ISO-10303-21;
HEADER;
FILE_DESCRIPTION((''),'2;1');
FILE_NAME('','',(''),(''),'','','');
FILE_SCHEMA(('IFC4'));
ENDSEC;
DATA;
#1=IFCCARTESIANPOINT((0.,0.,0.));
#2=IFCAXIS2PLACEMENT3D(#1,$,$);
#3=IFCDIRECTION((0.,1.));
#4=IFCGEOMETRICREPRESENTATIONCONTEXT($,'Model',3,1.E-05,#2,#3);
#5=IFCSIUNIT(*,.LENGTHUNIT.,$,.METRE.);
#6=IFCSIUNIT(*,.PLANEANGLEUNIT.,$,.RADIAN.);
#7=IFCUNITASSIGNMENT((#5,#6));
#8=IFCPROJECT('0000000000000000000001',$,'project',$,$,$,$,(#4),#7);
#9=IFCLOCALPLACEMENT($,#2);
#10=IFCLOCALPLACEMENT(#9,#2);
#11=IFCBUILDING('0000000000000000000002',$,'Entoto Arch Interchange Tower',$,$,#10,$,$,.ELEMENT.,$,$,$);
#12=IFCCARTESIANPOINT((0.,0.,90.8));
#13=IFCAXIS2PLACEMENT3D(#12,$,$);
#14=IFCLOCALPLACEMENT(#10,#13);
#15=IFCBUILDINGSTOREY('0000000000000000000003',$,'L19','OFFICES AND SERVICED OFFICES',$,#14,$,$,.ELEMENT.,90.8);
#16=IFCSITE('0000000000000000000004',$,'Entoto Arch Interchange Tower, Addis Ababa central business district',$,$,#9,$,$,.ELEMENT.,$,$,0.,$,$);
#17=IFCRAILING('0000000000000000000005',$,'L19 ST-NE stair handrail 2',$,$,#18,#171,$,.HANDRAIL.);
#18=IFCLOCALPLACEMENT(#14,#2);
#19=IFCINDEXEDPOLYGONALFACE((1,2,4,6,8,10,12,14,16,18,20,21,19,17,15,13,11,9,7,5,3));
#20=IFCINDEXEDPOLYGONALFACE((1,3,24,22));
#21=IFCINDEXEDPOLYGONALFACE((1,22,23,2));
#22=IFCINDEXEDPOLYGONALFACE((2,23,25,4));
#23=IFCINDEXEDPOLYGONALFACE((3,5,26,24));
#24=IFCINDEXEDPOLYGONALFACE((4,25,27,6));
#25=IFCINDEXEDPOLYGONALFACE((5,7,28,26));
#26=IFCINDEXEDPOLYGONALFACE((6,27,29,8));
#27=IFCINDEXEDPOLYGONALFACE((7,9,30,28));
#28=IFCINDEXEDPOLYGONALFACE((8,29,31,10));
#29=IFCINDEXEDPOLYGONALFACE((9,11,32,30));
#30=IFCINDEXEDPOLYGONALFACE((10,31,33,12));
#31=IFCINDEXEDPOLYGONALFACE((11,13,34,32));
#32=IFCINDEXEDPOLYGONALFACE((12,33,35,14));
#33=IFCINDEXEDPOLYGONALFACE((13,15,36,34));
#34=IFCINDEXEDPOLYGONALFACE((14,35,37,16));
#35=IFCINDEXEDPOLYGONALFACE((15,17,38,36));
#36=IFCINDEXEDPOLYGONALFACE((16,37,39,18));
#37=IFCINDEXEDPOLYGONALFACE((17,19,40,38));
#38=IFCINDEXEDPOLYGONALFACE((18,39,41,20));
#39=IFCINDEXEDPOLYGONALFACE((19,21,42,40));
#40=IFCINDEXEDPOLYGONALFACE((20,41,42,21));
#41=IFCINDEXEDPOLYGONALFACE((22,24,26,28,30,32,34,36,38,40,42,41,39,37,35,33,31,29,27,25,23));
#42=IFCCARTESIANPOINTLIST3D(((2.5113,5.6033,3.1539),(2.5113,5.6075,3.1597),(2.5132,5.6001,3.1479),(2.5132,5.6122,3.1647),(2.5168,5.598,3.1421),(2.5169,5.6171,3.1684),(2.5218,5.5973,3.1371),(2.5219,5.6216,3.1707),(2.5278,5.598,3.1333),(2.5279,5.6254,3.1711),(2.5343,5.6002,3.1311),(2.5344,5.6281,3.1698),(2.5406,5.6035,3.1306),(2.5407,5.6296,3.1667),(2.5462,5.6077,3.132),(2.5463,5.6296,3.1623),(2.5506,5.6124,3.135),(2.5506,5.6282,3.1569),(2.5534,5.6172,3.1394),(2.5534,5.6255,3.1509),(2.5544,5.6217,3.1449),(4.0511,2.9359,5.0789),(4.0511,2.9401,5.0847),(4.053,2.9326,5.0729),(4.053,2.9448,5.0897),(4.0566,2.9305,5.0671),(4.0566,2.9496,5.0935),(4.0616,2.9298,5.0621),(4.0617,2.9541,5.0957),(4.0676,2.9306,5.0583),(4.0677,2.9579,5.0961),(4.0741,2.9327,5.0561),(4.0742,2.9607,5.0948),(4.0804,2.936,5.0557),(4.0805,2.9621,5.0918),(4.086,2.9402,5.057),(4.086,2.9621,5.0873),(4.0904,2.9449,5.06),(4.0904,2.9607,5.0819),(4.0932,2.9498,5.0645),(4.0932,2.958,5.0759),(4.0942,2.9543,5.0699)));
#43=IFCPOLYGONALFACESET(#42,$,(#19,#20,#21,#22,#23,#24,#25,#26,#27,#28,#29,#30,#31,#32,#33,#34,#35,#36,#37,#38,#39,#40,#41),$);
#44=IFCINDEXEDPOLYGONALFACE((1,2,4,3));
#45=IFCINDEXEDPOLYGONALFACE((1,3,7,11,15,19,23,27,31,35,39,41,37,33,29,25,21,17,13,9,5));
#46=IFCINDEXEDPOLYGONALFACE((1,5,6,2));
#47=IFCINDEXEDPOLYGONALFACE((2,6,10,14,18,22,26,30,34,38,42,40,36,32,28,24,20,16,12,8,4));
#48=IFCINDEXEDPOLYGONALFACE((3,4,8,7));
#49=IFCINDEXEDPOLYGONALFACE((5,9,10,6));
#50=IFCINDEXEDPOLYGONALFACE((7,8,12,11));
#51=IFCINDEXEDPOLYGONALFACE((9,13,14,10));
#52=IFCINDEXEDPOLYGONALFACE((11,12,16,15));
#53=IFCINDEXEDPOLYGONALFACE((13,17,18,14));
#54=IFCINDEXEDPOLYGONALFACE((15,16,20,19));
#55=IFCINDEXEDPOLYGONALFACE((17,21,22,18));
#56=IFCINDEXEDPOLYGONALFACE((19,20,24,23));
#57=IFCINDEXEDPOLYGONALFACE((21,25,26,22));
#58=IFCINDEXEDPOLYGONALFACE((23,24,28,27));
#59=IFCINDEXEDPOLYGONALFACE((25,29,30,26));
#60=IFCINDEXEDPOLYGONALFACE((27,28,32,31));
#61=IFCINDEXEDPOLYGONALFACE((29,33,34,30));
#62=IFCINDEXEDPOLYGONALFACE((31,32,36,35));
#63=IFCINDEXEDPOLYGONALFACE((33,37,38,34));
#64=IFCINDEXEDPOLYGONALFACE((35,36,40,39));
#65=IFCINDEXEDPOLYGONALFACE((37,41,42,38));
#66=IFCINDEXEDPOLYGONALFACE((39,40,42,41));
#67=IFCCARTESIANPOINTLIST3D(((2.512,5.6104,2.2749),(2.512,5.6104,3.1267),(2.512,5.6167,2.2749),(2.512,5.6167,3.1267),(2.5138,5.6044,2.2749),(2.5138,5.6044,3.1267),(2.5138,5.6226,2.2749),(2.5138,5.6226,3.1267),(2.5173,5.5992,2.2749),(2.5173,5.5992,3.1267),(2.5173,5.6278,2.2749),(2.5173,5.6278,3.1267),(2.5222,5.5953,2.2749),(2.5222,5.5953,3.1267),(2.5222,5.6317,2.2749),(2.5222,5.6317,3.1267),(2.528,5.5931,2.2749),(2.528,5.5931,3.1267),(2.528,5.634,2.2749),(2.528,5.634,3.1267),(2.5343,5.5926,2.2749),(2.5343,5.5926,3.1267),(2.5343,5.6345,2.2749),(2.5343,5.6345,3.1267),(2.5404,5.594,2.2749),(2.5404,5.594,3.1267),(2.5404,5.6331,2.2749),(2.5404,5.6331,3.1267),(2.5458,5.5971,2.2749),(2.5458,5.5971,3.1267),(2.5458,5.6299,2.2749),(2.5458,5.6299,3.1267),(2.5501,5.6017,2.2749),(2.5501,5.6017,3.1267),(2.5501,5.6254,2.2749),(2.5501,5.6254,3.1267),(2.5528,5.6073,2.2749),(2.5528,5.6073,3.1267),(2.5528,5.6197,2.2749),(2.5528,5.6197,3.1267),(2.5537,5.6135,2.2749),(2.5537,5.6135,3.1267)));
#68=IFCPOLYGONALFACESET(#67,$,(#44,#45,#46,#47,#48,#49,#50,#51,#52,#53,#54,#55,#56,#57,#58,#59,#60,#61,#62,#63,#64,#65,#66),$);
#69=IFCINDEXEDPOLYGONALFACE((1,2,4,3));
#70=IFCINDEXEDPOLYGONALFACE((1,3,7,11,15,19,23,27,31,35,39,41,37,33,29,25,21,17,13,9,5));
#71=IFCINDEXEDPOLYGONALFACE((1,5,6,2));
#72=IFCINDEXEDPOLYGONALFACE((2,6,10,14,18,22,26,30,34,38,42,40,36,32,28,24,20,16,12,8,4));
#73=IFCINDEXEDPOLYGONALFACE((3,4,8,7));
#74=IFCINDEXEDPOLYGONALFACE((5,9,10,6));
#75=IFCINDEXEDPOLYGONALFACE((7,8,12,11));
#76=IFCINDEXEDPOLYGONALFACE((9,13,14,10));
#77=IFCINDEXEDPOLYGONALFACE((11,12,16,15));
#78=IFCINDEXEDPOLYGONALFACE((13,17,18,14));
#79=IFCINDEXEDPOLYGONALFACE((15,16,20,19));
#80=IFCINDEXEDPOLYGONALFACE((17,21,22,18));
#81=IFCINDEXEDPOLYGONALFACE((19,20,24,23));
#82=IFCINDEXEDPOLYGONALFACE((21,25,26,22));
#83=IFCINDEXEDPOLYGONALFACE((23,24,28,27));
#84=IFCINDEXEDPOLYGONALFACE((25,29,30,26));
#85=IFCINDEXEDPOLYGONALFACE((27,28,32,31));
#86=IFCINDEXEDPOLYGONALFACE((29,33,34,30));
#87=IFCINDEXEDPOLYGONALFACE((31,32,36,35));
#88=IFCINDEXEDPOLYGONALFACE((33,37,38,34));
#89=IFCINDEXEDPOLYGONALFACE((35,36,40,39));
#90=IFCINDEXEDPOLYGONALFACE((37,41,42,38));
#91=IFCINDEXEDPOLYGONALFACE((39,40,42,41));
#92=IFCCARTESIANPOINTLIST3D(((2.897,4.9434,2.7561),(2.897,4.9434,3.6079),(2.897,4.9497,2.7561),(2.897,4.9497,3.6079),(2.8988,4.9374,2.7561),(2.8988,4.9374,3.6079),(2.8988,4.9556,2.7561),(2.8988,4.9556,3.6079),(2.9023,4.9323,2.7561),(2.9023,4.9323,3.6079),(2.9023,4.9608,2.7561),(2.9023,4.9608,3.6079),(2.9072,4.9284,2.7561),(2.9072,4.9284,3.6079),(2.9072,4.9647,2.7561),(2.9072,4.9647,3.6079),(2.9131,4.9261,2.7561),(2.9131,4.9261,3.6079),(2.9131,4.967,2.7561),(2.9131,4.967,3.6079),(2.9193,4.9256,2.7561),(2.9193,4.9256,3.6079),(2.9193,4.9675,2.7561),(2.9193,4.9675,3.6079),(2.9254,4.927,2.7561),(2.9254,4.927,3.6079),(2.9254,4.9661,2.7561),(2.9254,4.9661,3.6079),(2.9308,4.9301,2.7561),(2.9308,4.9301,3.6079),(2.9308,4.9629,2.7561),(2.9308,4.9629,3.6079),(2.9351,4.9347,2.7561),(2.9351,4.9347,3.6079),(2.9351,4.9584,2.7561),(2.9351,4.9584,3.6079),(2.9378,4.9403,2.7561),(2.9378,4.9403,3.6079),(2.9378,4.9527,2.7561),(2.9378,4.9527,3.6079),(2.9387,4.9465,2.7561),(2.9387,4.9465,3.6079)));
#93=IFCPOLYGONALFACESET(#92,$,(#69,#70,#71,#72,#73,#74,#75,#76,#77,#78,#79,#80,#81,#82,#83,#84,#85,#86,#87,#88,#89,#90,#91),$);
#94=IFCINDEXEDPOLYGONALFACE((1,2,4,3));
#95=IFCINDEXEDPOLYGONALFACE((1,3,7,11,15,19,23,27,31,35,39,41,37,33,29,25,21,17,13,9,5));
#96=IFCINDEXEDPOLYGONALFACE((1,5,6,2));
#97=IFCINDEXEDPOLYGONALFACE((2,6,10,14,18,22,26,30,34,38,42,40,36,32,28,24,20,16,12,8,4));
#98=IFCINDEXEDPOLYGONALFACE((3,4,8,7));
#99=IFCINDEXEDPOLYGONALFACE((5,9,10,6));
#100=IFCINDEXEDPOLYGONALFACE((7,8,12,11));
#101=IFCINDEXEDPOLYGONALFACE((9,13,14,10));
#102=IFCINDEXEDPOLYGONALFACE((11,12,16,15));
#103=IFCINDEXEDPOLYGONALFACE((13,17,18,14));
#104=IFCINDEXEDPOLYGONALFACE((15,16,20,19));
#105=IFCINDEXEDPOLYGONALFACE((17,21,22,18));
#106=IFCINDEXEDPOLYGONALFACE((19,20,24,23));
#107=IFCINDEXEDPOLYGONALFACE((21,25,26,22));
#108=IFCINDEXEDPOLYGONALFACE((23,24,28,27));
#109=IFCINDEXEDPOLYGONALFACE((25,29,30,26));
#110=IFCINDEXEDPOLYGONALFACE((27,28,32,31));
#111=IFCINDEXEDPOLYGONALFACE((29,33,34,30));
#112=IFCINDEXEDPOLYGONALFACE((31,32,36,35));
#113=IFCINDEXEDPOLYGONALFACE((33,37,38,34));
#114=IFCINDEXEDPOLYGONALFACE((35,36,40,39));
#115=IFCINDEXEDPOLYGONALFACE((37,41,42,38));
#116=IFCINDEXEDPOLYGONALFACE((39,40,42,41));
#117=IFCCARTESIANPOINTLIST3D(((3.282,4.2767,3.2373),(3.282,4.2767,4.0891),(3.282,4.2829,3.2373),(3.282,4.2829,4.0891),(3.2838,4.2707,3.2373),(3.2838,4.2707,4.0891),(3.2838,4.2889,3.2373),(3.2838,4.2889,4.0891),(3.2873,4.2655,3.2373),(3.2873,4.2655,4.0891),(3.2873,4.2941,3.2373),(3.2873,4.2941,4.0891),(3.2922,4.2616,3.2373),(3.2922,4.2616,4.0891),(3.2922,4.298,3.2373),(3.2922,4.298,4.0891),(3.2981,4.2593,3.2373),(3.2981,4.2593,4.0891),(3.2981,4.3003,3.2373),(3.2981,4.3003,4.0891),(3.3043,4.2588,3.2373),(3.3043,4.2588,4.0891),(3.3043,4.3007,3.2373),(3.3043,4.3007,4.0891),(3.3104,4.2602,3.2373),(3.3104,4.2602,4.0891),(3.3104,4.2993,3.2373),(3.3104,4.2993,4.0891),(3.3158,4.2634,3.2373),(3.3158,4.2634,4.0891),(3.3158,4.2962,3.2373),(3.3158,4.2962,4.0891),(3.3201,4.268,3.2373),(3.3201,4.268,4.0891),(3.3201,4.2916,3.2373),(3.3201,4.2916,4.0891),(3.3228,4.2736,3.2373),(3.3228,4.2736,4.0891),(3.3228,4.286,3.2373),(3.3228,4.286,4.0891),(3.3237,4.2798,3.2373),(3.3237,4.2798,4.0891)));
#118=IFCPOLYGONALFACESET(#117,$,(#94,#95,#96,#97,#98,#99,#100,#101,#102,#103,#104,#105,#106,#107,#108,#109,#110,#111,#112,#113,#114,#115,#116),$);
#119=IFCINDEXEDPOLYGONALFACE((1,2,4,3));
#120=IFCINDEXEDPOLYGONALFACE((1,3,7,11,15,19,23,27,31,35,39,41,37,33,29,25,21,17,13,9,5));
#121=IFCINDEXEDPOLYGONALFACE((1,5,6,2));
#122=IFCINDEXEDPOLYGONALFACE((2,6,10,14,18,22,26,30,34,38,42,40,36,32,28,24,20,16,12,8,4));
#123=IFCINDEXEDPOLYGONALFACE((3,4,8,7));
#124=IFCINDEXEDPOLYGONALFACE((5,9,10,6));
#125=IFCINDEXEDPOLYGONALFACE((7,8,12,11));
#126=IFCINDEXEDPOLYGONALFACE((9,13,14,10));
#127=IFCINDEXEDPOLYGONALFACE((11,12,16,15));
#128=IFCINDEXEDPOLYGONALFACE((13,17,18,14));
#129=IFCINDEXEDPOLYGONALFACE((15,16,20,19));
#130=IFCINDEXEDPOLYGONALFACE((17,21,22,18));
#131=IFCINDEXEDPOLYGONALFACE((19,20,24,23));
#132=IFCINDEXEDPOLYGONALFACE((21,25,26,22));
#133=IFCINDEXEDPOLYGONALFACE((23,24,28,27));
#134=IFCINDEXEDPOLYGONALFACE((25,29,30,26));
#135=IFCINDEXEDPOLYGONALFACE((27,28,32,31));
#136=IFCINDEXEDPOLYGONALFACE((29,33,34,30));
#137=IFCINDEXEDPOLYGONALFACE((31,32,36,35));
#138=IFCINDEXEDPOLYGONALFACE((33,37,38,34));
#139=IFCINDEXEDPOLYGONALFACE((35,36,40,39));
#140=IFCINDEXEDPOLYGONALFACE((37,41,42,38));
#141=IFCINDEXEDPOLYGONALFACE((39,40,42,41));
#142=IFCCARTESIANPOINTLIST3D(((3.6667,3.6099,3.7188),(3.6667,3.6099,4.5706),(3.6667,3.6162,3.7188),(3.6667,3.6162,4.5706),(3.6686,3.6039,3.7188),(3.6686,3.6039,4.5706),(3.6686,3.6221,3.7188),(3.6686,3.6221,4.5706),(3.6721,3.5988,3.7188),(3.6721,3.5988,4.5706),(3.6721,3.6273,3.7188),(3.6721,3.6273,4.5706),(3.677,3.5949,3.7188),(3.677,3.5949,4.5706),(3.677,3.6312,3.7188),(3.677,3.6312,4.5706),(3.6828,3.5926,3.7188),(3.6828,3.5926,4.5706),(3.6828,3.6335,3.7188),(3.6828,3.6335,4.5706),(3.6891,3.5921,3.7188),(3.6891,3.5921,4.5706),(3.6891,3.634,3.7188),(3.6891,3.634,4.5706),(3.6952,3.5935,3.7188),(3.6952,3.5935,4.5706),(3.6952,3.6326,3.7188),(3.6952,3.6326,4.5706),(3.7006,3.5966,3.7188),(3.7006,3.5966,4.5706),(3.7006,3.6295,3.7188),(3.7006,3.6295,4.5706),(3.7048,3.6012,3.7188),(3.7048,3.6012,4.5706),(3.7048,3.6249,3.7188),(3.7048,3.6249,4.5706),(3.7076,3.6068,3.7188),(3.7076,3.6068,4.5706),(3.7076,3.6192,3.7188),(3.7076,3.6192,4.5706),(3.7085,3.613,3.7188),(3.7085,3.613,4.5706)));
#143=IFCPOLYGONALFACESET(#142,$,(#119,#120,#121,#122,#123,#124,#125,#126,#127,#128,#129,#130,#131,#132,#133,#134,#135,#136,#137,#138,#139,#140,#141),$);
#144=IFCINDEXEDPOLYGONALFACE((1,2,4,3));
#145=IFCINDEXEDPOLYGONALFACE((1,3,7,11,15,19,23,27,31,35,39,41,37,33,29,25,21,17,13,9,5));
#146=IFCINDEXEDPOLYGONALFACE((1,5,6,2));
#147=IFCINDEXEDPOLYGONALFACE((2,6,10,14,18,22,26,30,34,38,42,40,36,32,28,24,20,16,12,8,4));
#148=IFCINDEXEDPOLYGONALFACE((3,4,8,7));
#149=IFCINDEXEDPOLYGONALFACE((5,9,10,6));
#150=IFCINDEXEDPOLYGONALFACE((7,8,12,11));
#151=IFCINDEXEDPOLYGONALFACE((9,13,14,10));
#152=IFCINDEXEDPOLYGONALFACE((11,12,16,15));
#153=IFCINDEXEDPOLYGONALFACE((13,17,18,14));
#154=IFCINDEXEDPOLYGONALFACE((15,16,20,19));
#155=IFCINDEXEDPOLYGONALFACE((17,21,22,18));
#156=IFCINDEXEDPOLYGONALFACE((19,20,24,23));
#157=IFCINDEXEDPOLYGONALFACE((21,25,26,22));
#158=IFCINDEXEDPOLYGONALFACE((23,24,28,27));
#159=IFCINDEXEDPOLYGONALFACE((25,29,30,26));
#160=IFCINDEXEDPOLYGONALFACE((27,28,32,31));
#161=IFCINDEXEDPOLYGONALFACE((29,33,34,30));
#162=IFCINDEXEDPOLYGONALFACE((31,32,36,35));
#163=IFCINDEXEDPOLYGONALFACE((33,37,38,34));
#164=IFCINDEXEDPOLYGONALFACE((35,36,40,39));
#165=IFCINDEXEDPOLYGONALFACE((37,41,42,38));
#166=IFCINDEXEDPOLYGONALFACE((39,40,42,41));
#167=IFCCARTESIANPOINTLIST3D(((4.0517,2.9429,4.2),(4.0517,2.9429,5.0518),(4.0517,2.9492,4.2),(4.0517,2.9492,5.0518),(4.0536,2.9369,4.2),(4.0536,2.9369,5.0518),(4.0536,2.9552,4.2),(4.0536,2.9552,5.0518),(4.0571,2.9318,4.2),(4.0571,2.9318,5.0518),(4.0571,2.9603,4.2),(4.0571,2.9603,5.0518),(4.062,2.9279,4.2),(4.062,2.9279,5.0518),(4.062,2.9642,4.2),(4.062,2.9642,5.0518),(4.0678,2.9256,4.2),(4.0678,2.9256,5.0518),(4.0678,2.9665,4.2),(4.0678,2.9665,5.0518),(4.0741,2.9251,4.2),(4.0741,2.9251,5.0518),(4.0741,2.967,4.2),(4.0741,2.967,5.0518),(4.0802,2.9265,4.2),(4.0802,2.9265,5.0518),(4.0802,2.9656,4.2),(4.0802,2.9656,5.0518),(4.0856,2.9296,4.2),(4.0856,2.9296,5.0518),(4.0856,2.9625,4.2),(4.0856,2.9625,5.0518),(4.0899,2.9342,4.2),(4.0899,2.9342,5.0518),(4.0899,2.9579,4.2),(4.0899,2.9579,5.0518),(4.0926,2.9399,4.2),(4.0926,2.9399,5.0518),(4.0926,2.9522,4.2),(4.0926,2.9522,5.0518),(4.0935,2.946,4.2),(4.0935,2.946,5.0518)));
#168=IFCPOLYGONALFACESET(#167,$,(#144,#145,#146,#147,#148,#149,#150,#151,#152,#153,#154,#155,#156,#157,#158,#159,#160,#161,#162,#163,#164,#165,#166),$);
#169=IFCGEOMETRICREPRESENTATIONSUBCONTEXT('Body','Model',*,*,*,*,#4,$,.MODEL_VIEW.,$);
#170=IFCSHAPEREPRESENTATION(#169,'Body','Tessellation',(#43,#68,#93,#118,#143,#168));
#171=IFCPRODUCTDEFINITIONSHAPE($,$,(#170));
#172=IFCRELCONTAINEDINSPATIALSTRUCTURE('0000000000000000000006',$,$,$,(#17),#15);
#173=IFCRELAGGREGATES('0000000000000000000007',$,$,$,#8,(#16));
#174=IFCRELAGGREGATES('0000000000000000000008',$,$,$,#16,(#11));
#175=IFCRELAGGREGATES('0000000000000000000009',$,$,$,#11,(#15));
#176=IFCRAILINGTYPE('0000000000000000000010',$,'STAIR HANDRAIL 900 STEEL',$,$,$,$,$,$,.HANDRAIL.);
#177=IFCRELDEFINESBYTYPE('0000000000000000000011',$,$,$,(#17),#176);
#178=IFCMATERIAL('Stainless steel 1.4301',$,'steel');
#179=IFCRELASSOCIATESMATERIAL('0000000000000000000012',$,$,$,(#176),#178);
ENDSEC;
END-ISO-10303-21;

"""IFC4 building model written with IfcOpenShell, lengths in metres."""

from ifc_helpers import new_model, si_unit, direction, frame, origin, origin_2d, place, context, subcontext, project, spatial, circle, extrude, material, type_object, element, save


model = new_model("IFC4")

# Units and contexts
model_context = context("Model", 3, precision=1e-05, world=origin(), true_north=direction((0.0, 1.0)))
body_context = subcontext(model_context, "Body", "Model", "MODEL_VIEW")
ifc_project = project(units=[si_unit("LENGTHUNIT", "METRE"), si_unit("PLANEANGLEUNIT", "RADIAN")], contexts=[model_context])

# Site, building, storey
site_placement = place(None, origin())
site = spatial("IfcSite", under=ifc_project, at=site_placement, Name="Entoto Arch Interchange Tower, Addis Ababa central business district", CompositionType="ELEMENT", RefElevation=0.0)
building_placement = place(site_placement, origin())
building = spatial("IfcBuilding", under=site, at=building_placement, Name="Entoto Arch Interchange Tower", CompositionType="ELEMENT")
storey_placement = place(building_placement, frame((0.0, 0.0, 90.8)))
storey = spatial("IfcBuildingStorey", under=building, at=storey_placement, Name="L19", Description="OFFICES AND SERVICED OFFICES", CompositionType="ELEMENT", Elevation=90.8)

# Railing
ifc_material_1 = material(Name="Stainless steel 1.4301", Category="steel")
railing_type_1 = type_object("IfcRailingType", Name="STAIR HANDRAIL 900 STEEL", PredefinedType="HANDRAIL", material=ifc_material_1)
railing_1_placement = place(storey_placement, frame((2.5327, 5.6135, 2.2749)))
element("IfcRailing", 1, at=railing_1_placement, inside=storey, type_object=railing_type_1, Name="L19 ST-NE stair handrail 2", PredefinedType="HANDRAIL", context=body_context, shape_type="SweptSolid", body=[
    extrude(circle(Radius=0.0239, at=origin_2d()), frame((0.0, 0.0, 0.876), z_axis=(0.423939, -0.734416, 0.530008), x_axis=(0.866064, 0.499933, 0.0)), (0.0, 0.0, 1.0), 3.6321),
    extrude(circle(Radius=0.021, at=origin_2d()), origin(), (0.0, 0.0, 1.0), 0.8518),
    extrude(circle(Radius=0.021, at=origin_2d()), frame((0.385, -0.667, 0.4812)), (0.0, 0.0, 1.0), 0.8518),
    extrude(circle(Radius=0.021, at=origin_2d()), frame((0.77, -1.3337, 0.9624)), (0.0, 0.0, 1.0), 0.8518),
    extrude(circle(Radius=0.021, at=origin_2d()), frame((1.1548, -2.0005, 1.4438)), (0.0, 0.0, 1.0), 0.8518),
    extrude(circle(Radius=0.021, at=origin_2d()), frame((1.5398, -2.6675, 1.925)), (0.0, 0.0, 1.0), 0.8518),
])

save(model, "model.ifc")
